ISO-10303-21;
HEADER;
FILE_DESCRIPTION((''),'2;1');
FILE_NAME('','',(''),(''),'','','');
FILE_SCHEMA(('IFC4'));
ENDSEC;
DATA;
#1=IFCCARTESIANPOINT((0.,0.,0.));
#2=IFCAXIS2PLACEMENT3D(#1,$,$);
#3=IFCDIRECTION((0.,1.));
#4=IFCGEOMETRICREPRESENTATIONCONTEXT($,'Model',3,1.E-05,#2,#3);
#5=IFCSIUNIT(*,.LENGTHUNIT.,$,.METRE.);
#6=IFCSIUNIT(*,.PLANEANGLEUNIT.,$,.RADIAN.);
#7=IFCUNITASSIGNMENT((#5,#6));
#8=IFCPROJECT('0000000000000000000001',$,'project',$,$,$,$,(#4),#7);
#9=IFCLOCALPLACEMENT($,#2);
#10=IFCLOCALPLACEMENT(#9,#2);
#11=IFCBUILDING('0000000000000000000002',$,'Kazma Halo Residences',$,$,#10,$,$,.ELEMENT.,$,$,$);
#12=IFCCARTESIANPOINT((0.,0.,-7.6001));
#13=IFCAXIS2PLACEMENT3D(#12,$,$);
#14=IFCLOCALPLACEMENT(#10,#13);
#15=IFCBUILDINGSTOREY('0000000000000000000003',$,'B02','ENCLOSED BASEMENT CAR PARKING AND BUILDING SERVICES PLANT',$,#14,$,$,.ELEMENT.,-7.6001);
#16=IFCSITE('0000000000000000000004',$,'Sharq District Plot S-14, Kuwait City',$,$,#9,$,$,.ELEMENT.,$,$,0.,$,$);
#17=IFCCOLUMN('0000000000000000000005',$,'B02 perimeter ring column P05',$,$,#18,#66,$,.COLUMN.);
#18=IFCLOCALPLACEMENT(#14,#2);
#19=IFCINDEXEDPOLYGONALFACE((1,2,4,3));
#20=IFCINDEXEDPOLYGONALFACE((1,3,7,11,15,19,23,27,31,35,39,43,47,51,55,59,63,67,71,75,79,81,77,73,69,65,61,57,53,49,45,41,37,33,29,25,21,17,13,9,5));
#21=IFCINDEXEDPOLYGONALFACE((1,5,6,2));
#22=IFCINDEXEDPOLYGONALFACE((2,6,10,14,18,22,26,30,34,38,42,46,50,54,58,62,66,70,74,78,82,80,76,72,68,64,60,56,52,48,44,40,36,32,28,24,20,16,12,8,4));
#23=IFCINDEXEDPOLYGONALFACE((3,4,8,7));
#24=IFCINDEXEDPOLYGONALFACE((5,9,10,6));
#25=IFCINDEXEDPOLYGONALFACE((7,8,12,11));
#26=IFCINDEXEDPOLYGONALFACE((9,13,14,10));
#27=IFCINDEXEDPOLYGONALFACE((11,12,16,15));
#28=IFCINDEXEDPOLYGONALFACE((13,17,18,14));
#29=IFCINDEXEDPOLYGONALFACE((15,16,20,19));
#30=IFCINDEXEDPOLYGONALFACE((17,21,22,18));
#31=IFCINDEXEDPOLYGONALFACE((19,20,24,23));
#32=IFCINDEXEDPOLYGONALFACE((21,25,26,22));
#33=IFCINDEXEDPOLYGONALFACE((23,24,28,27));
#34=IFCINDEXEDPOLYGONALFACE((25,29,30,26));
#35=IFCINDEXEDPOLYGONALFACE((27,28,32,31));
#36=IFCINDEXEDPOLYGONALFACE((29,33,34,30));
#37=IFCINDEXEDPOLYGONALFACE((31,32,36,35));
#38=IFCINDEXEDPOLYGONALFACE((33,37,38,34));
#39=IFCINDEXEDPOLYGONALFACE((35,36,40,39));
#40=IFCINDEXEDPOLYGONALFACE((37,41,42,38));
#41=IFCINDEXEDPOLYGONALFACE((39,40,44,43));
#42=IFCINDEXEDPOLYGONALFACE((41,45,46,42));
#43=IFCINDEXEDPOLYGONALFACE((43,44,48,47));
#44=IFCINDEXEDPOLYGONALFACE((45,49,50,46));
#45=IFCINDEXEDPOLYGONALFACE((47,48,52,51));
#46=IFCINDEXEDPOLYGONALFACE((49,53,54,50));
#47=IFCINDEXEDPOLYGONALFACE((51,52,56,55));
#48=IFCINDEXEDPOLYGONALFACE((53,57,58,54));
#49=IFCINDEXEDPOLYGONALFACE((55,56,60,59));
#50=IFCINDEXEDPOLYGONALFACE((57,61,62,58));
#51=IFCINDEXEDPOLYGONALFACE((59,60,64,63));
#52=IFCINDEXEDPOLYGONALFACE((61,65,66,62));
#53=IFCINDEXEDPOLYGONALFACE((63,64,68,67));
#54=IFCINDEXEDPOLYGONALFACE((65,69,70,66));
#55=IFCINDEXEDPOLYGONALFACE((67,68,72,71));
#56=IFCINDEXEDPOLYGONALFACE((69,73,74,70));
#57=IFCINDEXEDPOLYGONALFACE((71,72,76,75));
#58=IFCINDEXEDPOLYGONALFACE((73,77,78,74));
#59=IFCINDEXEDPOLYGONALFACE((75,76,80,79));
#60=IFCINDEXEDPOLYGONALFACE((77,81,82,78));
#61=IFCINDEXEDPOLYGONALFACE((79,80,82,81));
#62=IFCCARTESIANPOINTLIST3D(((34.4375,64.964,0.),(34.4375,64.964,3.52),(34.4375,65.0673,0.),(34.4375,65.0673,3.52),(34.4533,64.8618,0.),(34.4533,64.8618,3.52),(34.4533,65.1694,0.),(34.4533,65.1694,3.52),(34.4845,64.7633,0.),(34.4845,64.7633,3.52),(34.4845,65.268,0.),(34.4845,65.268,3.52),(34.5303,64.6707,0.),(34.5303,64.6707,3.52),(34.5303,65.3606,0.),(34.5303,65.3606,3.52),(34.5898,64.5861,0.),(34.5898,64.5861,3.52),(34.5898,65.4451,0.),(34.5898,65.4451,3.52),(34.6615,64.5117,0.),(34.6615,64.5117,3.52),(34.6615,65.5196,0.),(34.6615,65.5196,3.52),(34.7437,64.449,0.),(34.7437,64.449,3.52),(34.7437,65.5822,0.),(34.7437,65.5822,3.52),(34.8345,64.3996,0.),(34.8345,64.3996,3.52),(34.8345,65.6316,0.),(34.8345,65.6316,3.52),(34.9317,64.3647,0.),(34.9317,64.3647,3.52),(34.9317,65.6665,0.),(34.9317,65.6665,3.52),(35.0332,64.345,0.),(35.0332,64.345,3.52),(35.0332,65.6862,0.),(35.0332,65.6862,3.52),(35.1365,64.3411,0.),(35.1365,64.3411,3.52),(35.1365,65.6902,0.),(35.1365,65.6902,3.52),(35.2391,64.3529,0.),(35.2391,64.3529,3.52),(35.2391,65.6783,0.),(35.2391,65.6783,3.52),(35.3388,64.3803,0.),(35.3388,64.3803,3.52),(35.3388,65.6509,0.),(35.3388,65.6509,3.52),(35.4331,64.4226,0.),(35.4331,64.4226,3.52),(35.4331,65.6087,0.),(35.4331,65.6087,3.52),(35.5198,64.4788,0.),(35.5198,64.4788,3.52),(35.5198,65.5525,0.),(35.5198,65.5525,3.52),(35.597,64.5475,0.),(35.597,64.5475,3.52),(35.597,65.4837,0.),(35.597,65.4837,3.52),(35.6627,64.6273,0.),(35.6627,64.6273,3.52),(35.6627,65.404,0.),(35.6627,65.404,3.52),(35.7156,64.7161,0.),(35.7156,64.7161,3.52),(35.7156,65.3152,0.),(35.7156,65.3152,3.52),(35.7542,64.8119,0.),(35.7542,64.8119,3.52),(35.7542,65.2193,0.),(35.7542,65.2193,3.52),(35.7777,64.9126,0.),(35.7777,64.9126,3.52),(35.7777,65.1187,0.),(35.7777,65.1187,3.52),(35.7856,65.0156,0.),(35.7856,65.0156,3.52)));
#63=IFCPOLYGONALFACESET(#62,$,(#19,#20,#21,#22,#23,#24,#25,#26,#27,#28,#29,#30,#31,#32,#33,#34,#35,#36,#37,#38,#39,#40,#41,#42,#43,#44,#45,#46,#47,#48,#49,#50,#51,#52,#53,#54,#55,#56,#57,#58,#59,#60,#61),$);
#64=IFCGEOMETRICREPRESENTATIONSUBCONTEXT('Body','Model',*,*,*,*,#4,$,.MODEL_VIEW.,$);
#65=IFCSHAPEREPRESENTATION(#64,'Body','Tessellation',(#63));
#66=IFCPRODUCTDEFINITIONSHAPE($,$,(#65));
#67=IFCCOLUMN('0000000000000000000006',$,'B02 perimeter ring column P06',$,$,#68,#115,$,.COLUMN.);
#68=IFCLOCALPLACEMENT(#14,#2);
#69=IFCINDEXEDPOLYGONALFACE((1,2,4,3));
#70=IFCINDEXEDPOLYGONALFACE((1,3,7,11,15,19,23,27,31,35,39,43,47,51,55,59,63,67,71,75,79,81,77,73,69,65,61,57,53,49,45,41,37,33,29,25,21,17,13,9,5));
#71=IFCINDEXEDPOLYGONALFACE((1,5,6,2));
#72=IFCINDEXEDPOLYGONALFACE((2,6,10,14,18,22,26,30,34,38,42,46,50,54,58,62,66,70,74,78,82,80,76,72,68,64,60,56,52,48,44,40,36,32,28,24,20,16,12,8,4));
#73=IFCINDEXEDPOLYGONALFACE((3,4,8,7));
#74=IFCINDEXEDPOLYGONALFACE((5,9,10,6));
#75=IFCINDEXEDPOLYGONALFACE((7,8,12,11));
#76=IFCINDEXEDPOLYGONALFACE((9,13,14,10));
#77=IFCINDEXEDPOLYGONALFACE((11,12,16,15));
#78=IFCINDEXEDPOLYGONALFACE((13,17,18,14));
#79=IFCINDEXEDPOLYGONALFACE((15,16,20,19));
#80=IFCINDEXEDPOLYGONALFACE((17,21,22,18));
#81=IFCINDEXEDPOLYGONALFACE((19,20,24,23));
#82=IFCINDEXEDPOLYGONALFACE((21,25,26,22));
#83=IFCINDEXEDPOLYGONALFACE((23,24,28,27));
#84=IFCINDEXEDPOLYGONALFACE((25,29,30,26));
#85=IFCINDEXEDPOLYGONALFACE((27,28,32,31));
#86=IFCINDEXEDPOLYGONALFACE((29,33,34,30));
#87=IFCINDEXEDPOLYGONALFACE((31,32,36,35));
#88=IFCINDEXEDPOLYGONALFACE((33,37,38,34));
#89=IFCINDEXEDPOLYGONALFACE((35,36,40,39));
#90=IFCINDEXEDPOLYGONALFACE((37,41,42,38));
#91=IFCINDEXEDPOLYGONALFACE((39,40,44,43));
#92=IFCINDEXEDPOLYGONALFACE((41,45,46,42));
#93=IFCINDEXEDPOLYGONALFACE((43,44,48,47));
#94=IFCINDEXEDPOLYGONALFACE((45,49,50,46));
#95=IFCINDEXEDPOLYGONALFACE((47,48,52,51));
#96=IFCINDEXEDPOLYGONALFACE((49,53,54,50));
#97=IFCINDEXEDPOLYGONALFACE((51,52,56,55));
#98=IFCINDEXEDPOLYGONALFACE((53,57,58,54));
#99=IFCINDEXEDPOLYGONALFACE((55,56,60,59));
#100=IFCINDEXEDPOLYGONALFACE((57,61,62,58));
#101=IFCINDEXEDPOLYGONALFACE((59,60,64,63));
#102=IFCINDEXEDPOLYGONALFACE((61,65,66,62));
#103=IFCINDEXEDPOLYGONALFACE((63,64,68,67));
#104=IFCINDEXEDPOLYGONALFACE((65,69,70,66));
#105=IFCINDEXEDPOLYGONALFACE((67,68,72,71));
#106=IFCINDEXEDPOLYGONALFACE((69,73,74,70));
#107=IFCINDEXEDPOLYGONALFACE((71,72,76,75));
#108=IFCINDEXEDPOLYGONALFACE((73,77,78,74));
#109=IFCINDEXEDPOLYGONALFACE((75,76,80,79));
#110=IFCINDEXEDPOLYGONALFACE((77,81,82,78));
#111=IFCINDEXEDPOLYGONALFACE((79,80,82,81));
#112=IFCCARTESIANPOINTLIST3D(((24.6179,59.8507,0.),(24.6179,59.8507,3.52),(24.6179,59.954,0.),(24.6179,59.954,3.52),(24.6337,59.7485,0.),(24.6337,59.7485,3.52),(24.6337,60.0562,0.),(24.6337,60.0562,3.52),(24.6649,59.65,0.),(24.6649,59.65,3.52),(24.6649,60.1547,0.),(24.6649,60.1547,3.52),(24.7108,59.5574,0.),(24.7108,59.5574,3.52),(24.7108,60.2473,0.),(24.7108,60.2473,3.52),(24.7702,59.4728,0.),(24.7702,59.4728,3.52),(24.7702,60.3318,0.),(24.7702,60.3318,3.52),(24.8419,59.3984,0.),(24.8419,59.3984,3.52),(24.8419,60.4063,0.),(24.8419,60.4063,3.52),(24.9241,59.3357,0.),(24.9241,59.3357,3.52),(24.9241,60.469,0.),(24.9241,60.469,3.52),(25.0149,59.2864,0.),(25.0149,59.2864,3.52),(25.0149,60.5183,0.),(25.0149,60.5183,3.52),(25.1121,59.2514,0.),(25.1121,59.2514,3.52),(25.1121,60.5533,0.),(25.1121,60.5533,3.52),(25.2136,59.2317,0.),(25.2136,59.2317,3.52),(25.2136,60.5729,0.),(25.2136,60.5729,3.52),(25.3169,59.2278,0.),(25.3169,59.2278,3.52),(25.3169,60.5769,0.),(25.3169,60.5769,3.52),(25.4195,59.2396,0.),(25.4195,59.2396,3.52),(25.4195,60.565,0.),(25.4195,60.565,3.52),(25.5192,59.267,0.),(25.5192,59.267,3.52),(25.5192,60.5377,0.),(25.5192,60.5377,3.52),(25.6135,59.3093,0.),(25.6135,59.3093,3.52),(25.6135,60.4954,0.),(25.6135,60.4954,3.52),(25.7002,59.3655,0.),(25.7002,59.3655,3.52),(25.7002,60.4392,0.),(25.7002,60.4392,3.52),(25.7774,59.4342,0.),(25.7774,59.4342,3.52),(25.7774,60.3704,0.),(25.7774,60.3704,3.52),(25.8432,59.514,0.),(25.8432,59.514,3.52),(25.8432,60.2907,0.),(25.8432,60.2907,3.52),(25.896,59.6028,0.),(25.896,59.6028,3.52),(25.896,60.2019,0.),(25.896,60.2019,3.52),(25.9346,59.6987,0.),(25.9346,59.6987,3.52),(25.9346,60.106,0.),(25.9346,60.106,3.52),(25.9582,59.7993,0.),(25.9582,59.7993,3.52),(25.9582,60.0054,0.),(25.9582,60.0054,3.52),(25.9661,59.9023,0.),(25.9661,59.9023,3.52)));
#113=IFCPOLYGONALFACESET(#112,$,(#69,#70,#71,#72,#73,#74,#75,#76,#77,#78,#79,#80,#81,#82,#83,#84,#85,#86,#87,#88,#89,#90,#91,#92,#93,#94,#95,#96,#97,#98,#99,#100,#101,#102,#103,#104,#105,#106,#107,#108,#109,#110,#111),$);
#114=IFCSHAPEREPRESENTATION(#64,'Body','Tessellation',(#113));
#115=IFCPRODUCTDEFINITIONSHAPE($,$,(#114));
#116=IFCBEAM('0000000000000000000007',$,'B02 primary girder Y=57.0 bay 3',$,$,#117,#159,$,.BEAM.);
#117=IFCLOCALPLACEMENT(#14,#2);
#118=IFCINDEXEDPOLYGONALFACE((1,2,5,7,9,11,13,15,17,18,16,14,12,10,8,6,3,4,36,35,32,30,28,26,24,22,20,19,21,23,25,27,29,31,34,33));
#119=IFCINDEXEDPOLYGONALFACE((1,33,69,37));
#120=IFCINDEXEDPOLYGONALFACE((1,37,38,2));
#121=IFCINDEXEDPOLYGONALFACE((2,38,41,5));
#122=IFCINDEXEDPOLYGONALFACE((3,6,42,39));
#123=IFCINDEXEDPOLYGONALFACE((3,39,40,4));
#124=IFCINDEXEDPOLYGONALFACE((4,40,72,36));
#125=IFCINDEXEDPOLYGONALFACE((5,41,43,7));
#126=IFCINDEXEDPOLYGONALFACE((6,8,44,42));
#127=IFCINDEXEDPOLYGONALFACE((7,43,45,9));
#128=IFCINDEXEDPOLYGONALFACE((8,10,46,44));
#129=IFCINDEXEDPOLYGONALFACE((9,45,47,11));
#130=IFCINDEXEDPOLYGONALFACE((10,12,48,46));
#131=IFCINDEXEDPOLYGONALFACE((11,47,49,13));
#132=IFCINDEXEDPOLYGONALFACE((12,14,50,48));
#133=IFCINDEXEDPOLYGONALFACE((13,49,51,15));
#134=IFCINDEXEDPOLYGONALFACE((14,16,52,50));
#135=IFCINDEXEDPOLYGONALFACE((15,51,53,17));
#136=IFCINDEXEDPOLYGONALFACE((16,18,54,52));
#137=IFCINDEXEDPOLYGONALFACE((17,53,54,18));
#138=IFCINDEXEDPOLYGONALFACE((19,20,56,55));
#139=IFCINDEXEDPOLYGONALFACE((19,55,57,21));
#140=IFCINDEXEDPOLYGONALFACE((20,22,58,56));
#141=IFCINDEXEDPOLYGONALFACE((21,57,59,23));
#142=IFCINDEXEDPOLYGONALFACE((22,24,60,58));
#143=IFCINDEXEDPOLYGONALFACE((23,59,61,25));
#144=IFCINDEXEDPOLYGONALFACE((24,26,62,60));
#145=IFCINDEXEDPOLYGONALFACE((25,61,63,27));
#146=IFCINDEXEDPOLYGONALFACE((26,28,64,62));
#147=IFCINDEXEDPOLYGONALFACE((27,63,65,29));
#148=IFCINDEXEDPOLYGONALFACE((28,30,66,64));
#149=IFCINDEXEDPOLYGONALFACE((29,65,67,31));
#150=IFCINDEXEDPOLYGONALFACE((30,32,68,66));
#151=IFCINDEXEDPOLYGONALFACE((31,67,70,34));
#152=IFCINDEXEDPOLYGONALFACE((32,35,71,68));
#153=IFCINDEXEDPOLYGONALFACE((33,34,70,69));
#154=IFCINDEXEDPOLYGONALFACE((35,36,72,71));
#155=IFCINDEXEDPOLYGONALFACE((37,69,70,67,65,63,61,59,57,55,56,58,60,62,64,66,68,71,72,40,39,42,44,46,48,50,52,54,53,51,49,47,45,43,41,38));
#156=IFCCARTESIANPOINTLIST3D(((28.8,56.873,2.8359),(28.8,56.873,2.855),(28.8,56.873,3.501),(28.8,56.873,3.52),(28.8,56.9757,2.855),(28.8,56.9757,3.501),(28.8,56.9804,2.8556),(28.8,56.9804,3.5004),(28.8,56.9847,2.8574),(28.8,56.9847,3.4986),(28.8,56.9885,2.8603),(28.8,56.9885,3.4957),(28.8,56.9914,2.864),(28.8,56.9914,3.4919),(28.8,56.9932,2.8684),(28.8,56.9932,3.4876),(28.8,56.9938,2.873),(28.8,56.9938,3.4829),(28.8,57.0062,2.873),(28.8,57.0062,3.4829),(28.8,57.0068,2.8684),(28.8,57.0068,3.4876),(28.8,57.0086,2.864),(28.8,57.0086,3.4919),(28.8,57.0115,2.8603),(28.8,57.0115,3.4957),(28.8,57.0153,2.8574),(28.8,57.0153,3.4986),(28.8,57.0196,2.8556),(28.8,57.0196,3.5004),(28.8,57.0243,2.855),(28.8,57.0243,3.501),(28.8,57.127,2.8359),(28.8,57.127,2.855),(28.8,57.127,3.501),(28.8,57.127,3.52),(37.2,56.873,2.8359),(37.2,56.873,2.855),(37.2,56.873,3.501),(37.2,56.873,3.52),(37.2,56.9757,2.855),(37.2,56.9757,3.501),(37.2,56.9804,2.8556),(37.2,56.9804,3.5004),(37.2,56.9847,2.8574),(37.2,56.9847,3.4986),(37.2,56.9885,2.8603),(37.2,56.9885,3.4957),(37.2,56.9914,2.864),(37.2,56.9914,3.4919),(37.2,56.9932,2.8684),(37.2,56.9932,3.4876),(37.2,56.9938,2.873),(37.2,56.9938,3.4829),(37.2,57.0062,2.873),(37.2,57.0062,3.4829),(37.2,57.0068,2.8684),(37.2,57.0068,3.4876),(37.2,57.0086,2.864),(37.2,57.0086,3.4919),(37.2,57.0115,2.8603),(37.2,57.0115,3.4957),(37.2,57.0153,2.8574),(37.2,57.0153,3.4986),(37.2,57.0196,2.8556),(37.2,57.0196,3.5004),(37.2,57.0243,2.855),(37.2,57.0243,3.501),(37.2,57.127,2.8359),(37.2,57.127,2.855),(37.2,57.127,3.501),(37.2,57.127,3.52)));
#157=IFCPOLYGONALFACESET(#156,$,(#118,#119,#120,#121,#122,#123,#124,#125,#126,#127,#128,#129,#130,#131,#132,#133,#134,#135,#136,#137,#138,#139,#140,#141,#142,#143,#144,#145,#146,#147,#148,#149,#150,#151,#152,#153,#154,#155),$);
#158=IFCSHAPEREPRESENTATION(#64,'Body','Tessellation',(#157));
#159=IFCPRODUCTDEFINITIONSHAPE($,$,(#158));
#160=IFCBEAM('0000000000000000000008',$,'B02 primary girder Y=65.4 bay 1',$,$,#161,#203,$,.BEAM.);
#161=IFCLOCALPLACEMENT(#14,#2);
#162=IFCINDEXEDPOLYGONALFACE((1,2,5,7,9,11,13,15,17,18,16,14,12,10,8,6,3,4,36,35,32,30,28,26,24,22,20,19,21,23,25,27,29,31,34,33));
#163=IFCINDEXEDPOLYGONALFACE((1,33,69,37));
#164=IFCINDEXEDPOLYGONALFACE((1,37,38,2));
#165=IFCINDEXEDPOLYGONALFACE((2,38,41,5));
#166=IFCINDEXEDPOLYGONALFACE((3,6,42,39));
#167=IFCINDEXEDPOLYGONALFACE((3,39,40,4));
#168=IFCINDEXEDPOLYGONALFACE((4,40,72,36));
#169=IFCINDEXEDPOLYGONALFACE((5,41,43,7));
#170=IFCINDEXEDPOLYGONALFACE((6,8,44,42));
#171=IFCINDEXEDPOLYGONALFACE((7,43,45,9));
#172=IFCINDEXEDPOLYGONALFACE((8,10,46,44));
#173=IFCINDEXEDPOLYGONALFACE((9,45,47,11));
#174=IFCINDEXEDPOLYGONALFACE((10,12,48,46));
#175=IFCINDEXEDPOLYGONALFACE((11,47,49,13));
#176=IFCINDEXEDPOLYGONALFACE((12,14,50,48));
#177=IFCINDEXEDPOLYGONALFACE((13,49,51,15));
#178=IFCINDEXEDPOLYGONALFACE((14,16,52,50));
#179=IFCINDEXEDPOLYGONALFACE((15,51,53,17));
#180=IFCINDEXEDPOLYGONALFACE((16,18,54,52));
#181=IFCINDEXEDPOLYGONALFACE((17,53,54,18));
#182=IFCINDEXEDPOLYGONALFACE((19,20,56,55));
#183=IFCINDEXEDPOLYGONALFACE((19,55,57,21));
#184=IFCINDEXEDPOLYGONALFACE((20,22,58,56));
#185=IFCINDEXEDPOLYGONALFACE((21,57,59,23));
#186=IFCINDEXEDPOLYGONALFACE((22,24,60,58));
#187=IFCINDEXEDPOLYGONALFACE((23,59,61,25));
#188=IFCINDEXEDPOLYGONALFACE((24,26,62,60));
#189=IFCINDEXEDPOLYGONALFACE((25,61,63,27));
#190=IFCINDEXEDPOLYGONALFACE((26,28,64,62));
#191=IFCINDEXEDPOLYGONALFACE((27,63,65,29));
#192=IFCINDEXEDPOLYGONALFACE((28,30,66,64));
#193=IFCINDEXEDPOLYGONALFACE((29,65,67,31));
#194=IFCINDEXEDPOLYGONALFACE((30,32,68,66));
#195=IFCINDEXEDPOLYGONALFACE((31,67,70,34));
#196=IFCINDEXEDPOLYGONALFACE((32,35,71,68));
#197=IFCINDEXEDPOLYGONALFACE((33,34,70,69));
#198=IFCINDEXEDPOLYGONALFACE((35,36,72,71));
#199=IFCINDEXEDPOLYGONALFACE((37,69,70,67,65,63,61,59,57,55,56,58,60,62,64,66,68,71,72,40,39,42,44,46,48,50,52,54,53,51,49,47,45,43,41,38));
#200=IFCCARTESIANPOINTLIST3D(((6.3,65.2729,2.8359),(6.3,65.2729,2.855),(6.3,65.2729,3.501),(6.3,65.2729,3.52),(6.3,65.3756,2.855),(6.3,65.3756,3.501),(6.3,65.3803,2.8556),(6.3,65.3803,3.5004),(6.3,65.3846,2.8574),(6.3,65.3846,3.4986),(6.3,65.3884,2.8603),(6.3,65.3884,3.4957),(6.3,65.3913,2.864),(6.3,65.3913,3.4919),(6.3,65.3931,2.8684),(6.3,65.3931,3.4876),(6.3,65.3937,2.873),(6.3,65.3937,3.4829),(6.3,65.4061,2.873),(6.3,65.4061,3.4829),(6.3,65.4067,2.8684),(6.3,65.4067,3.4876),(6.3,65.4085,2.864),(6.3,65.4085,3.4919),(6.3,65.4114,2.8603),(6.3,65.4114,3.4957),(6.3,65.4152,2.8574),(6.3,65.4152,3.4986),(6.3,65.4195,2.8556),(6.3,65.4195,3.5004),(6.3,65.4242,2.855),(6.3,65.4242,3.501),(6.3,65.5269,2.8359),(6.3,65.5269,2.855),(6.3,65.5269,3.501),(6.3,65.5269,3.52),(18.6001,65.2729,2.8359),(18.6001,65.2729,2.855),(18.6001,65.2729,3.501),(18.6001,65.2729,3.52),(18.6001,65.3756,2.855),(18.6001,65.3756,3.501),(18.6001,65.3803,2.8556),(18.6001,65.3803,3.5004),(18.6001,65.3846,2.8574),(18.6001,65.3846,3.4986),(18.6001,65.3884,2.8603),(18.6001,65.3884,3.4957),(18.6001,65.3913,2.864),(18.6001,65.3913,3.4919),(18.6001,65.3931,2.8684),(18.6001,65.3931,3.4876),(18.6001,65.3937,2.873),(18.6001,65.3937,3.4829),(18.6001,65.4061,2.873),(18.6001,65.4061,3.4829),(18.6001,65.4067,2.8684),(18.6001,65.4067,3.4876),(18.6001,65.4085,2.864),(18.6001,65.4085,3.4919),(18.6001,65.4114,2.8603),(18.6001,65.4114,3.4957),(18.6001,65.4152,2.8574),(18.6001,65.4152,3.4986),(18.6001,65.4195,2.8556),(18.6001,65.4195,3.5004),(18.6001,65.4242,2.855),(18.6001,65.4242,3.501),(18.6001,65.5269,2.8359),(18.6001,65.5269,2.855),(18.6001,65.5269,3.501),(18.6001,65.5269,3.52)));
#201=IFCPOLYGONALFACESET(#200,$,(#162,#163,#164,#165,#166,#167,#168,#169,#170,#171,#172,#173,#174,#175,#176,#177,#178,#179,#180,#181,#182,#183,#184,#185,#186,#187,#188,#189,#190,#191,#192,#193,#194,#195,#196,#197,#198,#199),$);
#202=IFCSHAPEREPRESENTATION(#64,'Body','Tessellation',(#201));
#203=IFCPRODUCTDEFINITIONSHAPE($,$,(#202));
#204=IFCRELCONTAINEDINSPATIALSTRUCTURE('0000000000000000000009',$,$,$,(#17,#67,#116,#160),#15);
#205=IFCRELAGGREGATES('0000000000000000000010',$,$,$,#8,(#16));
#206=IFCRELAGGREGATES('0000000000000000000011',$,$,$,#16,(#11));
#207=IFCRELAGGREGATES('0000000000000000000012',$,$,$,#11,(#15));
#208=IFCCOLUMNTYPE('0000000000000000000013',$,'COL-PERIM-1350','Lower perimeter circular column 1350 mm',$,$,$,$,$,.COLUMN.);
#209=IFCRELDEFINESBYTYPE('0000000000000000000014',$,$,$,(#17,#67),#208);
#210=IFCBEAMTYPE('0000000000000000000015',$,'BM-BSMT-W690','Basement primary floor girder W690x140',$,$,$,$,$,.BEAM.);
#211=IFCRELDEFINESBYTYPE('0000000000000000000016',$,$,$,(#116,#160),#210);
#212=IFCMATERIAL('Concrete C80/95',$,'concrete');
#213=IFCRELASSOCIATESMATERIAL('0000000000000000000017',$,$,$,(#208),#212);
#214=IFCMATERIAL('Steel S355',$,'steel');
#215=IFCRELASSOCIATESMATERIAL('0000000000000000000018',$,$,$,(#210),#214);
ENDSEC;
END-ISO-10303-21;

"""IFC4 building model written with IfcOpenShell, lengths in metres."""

from ifc_helpers import new_model, si_unit, direction, frame, origin, origin_2d, place, context, subcontext, project, spatial, circle, i_section, extrude, material, material_profile, profile_set, type_object, element, save


model = new_model("IFC4")

# Units and contexts
model_context = context("Model", 3, precision=1e-05, world=origin(), true_north=direction((0.0, 1.0)))
body_context = subcontext(model_context, "Body", "Model", "MODEL_VIEW")
ifc_project = project(units=[si_unit("LENGTHUNIT", "METRE"), si_unit("PLANEANGLEUNIT", "RADIAN")], contexts=[model_context])

# Site, building, storey
site_placement = place(None, origin())
site = spatial("IfcSite", under=ifc_project, at=site_placement, Name="Sharq District Plot S-14, Kuwait City", CompositionType="ELEMENT", RefElevation=0.0)
building_placement = place(site_placement, origin())
building = spatial("IfcBuilding", under=site, at=building_placement, Name="Kazma Halo Residences", CompositionType="ELEMENT")
storey_placement = place(building_placement, frame((0.0, 0.0, -7.6001)))
storey = spatial("IfcBuildingStorey", under=building, at=storey_placement, Name="B02", Description="ENCLOSED BASEMENT CAR PARKING AND BUILDING SERVICES PLANT", CompositionType="ELEMENT", Elevation=-7.6001)

# Columns
ifc_material_1 = material(Name="Concrete C80/95", Category="concrete")
ifc_material_profile_1 = material_profile(ifc_material_1, circle(Radius=0.675, at=origin_2d()), Name="CIRC1350")
ifc_profile_set_1 = profile_set([ifc_material_profile_1], Name="Concrete C80/95")
column_type_1 = type_object("IfcColumnType", Name="COL-PERIM-1350", Description="Lower perimeter circular column 1350 mm", PredefinedType="COLUMN", material=ifc_profile_set_1)
for number, where, z_axis, x_axis, name in (
    (1, (35.1106, 65.0156, 0.0), (0.0, 0.0, 1.0), (1.0, 0.0, 0.0), "B02 perimeter ring column P05"),
    (2, (25.291, 59.9023, 0.0), (0.0, 0.0, 1.0), (1.0, 0.0, 0.0), "B02 perimeter ring column P06"),
):
    element("IfcColumn", number, at=place(storey_placement, frame(where, z_axis=z_axis, x_axis=x_axis)), inside=storey, type_object=column_type_1, Name=name, PredefinedType="COLUMN", context=body_context, shape_type="SweptSolid", body=[
        extrude(circle(Radius=0.675, at=origin_2d()), origin(), (0.0, 0.0, 1.0), 3.52),
    ])

# Beams
ifc_material_2 = material(Name="Steel S355", Category="steel")
ifc_material_profile_2 = material_profile(ifc_material_2, i_section(OverallWidth=0.2539, OverallDepth=0.6841, WebThickness=0.0125, FlangeThickness=0.019, FilletRadius=0.0181, at=origin_2d()), Name="W690x140")
ifc_profile_set_2 = profile_set([ifc_material_profile_2], Name="Steel S355")
beam_type_1 = type_object("IfcBeamType", Name="BM-BSMT-W690", Description="Basement primary floor girder W690x140", PredefinedType="BEAM", material=ifc_profile_set_2)
beam_1_placement = place(storey_placement, frame((28.8, 57.0, 3.178), z_axis=(1.0, 0.0, 0.0), x_axis=(0.0, 1.0, 0.0)))
element("IfcBeam", 3, at=beam_1_placement, inside=storey, type_object=beam_type_1, Name="B02 primary girder Y=57.0 bay 3", PredefinedType="BEAM", context=body_context, shape_type="SweptSolid", body=[
    extrude(i_section(OverallWidth=0.2539, OverallDepth=0.6841, WebThickness=0.0125, FlangeThickness=0.019, FilletRadius=0.0181, at=origin_2d()), origin(), (0.0, 0.0, 1.0), 8.3999),
])
beam_2_placement = place(storey_placement, frame((6.3, 65.3999, 3.178), z_axis=(1.0, 0.0, 0.0), x_axis=(0.0, 1.0, 0.0)))
element("IfcBeam", 4, at=beam_2_placement, inside=storey, type_object=beam_type_1, Name="B02 primary girder Y=65.4 bay 1", PredefinedType="BEAM", context=body_context, shape_type="SweptSolid", body=[
    extrude(i_section(OverallWidth=0.2539, OverallDepth=0.6841, WebThickness=0.0125, FlangeThickness=0.019, FilletRadius=0.0181, at=origin_2d()), origin(), (0.0, 0.0, 1.0), 12.3),
])

save(model, "model.ifc")
